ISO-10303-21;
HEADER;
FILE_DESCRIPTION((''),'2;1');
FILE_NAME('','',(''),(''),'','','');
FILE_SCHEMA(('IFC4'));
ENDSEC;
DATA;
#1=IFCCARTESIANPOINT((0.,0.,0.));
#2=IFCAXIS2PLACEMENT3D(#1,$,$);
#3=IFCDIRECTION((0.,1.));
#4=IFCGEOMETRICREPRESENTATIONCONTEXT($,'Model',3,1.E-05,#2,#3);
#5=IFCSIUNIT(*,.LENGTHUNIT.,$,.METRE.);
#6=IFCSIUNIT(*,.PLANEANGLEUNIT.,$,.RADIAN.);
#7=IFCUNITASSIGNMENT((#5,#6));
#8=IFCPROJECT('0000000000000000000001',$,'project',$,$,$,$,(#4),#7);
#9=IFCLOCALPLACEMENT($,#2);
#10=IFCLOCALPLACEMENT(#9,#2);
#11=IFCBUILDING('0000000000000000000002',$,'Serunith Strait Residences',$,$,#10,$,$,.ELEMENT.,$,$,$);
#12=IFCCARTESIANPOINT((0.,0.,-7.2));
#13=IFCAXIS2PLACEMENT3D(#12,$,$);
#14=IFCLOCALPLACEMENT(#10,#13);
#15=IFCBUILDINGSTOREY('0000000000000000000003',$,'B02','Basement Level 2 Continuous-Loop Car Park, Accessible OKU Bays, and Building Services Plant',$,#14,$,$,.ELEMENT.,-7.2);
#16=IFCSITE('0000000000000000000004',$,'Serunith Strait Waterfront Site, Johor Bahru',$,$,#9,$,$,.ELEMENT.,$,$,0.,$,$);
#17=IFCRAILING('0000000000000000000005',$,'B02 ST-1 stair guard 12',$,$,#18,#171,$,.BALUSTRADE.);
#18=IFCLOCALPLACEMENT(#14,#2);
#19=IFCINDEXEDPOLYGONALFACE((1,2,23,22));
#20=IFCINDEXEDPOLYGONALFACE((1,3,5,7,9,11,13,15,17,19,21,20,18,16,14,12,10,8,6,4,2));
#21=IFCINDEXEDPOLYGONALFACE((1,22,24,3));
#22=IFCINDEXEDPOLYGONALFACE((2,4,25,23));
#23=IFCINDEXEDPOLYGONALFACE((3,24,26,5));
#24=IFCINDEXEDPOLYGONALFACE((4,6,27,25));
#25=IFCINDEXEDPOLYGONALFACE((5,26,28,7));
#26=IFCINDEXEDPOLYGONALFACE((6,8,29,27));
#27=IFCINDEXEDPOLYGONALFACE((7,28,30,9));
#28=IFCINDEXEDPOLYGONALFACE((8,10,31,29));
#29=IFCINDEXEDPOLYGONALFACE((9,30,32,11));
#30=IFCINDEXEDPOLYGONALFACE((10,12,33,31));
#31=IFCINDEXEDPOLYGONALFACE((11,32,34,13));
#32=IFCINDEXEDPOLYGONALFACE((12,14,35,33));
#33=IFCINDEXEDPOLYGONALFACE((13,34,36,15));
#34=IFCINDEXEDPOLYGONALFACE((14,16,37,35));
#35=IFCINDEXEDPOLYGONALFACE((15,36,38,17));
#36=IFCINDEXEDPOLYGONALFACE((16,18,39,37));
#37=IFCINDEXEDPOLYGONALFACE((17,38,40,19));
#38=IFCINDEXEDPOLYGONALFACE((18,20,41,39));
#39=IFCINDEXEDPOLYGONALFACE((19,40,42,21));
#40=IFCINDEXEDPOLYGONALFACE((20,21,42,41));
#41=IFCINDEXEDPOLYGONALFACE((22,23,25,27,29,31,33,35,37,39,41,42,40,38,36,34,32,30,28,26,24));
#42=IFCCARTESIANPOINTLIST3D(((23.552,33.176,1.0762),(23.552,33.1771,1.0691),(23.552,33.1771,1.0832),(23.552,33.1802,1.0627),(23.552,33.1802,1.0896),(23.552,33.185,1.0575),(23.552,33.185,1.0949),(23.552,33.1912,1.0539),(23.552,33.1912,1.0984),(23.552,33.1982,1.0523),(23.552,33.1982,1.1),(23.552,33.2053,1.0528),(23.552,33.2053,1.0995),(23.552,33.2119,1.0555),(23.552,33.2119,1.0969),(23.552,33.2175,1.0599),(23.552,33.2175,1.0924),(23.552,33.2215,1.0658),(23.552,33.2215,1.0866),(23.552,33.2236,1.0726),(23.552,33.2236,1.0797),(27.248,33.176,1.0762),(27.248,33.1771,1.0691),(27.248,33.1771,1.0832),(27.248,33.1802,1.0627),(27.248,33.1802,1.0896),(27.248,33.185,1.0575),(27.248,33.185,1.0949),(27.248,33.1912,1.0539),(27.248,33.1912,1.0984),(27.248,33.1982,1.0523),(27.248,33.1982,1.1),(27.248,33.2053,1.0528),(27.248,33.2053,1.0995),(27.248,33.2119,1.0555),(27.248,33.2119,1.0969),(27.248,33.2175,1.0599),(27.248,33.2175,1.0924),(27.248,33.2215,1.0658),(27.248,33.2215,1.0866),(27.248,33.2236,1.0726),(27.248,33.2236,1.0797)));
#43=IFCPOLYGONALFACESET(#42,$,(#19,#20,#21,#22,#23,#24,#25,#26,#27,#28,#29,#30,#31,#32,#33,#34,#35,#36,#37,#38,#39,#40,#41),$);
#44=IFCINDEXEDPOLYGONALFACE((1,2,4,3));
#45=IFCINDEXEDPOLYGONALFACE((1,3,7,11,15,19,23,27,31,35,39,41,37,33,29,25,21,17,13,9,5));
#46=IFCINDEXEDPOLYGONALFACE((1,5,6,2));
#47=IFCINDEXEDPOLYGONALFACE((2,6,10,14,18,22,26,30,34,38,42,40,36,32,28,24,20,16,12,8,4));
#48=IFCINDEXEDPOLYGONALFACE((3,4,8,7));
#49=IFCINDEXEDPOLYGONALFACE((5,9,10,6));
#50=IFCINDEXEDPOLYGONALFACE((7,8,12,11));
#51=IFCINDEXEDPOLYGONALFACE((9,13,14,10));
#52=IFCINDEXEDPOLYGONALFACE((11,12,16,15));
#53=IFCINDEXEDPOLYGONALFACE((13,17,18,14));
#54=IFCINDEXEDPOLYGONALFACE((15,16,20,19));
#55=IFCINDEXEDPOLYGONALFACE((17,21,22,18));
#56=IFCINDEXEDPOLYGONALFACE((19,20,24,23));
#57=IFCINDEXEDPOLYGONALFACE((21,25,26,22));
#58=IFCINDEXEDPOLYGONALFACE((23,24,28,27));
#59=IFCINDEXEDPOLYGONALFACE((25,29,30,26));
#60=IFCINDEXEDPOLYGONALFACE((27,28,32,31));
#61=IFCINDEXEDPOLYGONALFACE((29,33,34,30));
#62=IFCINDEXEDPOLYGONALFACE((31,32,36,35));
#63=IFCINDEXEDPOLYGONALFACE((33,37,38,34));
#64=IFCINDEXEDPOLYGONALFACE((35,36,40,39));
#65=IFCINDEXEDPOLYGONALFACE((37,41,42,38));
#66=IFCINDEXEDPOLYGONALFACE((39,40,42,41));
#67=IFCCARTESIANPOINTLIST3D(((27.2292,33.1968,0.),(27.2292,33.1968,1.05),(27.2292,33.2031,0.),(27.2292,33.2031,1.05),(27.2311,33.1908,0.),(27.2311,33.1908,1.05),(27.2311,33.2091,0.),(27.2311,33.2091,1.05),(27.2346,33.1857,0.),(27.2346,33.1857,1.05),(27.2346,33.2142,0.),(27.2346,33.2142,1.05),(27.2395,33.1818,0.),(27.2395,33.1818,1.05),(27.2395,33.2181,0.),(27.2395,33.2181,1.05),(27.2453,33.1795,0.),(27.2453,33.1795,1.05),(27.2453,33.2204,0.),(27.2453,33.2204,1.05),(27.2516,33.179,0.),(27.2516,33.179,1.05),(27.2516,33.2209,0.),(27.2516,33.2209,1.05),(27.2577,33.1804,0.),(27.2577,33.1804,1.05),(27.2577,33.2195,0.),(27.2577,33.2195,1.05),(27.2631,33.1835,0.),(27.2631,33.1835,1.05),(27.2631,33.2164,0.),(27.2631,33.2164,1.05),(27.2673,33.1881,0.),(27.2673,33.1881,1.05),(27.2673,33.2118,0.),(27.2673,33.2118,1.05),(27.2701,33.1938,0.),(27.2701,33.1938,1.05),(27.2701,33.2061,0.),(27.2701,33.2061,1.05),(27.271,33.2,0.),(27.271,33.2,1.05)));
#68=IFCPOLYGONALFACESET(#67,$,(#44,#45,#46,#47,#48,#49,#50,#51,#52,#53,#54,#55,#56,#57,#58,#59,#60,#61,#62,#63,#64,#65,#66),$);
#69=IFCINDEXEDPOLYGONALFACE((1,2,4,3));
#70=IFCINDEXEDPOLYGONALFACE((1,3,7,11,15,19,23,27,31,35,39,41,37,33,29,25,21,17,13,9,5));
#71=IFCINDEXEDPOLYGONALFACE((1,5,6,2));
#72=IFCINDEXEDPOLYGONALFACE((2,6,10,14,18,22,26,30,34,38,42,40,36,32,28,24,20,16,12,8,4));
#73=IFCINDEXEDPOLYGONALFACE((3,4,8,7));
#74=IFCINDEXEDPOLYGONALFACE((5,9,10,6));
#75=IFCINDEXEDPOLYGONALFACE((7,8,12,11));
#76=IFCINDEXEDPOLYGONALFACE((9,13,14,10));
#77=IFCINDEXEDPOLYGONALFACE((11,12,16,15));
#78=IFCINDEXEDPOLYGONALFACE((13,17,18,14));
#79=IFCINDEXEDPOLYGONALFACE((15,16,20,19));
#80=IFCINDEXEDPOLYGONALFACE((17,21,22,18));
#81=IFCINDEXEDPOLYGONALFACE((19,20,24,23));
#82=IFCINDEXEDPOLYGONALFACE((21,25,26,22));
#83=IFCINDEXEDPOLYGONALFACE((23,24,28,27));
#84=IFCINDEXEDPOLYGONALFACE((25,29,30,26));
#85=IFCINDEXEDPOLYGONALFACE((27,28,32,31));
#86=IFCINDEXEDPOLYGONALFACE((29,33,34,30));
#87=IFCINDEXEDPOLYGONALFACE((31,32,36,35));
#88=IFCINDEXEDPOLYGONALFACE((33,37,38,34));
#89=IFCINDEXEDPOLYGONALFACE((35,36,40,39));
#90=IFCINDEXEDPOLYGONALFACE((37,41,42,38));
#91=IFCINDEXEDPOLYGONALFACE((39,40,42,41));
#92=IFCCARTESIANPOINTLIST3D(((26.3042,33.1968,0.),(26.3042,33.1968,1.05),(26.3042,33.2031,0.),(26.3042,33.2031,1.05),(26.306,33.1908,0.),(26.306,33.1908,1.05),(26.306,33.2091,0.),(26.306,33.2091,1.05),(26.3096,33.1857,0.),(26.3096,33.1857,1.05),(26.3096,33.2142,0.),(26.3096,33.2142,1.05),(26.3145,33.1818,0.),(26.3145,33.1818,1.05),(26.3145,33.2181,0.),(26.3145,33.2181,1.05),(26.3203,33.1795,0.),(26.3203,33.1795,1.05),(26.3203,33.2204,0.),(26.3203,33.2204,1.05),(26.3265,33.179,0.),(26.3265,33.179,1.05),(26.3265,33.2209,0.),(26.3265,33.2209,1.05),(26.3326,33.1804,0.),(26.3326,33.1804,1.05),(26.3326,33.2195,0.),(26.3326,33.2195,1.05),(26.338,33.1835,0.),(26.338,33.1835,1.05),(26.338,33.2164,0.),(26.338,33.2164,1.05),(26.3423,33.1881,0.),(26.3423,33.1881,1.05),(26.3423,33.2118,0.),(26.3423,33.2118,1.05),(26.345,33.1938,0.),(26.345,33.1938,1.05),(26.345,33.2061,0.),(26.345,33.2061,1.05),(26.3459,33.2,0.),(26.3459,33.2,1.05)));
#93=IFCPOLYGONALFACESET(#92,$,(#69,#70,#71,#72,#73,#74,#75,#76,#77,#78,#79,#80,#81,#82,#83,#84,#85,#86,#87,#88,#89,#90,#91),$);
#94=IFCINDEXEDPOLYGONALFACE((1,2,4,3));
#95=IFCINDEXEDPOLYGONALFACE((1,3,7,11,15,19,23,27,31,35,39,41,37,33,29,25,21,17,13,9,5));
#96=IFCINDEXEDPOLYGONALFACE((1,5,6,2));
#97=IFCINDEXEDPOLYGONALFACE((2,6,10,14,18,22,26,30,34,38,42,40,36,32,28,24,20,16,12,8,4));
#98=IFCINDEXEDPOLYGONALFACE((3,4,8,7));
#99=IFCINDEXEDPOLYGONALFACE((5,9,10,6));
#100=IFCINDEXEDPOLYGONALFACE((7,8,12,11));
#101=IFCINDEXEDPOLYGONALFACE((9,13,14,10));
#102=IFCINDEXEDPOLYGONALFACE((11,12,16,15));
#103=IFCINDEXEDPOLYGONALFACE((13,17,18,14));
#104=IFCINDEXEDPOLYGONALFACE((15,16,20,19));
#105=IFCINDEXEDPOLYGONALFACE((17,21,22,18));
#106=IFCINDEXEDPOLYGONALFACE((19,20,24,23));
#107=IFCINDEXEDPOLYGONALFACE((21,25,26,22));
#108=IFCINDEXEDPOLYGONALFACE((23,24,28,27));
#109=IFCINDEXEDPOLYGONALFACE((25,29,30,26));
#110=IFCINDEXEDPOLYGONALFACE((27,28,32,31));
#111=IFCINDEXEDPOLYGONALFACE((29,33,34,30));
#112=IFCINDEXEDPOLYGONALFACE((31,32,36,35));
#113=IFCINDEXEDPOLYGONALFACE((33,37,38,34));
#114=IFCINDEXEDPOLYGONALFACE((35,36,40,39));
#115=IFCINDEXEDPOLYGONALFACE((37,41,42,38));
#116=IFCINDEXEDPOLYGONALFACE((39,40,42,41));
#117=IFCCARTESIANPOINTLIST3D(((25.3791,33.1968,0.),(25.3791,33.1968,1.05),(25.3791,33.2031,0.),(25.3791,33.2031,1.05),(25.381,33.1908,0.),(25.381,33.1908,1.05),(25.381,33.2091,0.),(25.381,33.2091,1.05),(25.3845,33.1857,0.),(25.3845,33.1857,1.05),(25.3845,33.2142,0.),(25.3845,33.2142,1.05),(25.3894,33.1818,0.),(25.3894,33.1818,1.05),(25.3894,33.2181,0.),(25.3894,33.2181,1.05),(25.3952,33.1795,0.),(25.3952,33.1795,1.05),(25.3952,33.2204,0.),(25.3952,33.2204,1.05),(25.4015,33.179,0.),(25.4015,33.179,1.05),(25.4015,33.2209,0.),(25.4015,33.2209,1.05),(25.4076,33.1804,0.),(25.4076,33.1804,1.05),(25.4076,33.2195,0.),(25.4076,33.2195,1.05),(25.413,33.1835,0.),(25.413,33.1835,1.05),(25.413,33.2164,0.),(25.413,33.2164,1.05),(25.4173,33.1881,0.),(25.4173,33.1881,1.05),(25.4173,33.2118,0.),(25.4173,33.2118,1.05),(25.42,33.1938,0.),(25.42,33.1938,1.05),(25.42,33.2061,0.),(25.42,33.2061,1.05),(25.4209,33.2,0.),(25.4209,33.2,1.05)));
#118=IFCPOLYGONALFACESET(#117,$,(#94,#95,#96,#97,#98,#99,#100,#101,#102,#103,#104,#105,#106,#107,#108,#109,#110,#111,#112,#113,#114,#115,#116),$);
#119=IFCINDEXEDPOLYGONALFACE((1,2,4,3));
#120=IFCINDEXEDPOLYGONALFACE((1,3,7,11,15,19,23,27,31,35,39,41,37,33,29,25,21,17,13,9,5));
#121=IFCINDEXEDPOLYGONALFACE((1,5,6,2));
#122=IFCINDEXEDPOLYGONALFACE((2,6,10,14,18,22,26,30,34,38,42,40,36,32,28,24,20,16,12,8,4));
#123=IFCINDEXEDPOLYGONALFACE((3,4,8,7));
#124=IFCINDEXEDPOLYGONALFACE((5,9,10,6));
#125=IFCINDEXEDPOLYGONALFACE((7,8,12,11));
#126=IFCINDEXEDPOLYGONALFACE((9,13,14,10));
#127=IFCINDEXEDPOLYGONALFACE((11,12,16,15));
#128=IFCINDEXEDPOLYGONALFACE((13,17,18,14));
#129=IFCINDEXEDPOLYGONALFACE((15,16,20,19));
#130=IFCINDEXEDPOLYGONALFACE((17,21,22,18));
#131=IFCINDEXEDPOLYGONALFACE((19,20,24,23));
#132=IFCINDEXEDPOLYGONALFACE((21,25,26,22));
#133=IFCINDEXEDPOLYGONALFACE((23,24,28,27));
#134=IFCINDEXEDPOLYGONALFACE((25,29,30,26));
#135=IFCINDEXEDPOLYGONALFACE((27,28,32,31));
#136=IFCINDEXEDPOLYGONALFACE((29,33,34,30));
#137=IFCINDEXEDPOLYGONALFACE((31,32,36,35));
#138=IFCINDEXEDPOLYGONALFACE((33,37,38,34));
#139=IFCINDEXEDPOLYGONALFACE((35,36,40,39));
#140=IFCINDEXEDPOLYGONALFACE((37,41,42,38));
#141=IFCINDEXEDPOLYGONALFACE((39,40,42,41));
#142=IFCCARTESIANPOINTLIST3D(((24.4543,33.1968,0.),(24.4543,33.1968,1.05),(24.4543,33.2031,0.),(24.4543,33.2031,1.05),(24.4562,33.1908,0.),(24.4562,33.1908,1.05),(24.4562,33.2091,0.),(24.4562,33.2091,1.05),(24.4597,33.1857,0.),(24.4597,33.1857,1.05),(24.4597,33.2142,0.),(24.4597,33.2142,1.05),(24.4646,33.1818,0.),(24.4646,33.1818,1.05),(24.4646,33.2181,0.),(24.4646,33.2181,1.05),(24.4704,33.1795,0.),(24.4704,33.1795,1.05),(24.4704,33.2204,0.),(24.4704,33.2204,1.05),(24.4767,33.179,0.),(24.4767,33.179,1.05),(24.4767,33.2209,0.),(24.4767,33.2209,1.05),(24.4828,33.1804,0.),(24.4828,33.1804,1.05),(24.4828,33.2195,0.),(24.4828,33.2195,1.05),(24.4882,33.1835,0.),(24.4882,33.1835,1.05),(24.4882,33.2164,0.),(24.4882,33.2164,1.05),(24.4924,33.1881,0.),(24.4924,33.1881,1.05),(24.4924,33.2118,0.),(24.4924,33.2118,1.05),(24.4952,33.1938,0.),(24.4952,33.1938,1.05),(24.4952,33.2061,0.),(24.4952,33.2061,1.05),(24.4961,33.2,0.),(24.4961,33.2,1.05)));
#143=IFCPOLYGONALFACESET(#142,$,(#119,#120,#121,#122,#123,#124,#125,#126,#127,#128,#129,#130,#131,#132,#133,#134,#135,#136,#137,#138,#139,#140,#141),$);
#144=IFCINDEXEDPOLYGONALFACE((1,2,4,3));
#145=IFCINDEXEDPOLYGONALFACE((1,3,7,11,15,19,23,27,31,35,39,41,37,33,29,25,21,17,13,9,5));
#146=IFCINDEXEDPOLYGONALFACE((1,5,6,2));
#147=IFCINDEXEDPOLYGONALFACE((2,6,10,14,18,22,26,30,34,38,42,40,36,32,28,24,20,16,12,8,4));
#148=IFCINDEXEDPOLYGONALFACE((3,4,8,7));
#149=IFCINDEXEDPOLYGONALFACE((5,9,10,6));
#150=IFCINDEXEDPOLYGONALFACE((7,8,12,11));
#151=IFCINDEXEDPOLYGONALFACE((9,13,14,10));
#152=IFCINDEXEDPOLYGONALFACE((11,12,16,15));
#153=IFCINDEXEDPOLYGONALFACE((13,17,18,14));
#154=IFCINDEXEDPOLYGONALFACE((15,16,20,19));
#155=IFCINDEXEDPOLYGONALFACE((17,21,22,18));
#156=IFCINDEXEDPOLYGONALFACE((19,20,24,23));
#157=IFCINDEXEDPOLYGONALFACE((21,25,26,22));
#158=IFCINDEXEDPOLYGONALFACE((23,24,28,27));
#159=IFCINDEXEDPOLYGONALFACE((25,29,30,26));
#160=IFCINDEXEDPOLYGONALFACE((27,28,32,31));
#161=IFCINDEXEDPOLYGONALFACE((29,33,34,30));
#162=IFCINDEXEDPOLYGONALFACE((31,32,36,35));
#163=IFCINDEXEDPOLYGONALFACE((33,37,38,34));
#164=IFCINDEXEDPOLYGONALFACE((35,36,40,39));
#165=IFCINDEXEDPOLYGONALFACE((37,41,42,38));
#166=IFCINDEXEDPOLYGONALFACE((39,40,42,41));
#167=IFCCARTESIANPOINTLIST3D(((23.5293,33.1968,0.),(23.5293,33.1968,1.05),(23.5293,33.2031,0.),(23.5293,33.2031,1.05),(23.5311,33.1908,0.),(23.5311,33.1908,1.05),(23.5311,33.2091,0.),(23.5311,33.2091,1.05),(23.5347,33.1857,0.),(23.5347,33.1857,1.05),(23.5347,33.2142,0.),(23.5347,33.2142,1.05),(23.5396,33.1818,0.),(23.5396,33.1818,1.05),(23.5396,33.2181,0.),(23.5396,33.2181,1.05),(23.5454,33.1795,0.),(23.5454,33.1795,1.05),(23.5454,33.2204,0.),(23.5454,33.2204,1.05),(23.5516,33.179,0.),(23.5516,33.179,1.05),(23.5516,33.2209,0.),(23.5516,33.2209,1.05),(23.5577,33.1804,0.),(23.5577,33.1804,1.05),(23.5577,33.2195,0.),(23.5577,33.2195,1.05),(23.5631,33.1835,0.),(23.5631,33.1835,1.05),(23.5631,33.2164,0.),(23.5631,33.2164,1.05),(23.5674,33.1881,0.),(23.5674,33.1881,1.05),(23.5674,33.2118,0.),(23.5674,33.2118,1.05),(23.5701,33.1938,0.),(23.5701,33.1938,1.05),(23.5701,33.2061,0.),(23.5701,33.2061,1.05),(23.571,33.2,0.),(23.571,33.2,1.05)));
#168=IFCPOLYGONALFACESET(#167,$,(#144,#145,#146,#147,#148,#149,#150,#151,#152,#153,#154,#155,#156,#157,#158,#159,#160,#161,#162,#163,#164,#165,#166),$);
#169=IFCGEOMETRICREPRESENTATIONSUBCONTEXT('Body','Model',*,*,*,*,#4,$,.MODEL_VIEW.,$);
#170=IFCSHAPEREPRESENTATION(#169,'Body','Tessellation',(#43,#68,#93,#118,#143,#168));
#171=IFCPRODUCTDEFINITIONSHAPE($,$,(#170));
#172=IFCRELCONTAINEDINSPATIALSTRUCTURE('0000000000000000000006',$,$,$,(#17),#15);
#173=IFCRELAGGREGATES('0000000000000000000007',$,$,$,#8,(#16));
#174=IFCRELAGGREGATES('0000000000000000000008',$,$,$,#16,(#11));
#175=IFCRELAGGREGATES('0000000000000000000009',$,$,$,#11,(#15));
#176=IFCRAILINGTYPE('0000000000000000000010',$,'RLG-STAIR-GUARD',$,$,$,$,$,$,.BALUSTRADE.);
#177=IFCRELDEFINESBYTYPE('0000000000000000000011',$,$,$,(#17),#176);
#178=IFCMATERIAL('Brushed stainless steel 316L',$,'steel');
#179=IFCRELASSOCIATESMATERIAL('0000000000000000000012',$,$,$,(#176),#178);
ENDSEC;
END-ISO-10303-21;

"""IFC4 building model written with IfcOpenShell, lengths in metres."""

from ifc_helpers import new_model, si_unit, direction, frame, origin, origin_2d, place, context, subcontext, project, spatial, circle, extrude, material, type_object, element, save


model = new_model("IFC4")

# Units and contexts
model_context = context("Model", 3, precision=1e-05, world=origin(), true_north=direction((0.0, 1.0)))
body_context = subcontext(model_context, "Body", "Model", "MODEL_VIEW")
ifc_project = project(units=[si_unit("LENGTHUNIT", "METRE"), si_unit("PLANEANGLEUNIT", "RADIAN")], contexts=[model_context])

# Site, building, storey
site_placement = place(None, origin())
site = spatial("IfcSite", under=ifc_project, at=site_placement, Name="Serunith Strait Waterfront Site, Johor Bahru", CompositionType="ELEMENT", RefElevation=0.0)
building_placement = place(site_placement, origin())
building = spatial("IfcBuilding", under=site, at=building_placement, Name="Serunith Strait Residences", CompositionType="ELEMENT")
storey_placement = place(building_placement, frame((0.0, 0.0, -7.2)))
storey = spatial("IfcBuildingStorey", under=building, at=storey_placement, Name="B02", Description="Basement Level 2 Continuous-Loop Car Park, Accessible OKU Bays, and Building Services Plant", CompositionType="ELEMENT", Elevation=-7.2)

# Railing
ifc_material_1 = material(Name="Brushed stainless steel 316L", Category="steel")
railing_type_1 = type_object("IfcRailingType", Name="RLG-STAIR-GUARD", PredefinedType="BALUSTRADE", material=ifc_material_1)
railing_1_placement = place(storey_placement, frame((27.25, 33.2, 0.0)))
element("IfcRailing", 1, at=railing_1_placement, inside=storey, type_object=railing_type_1, Name="B02 ST-1 stair guard 12", PredefinedType="BALUSTRADE", context=body_context, shape_type="SweptSolid", body=[
    extrude(circle(Radius=0.0239, at=origin_2d()), frame((-0.002, 0.0, 1.0762), z_axis=(-1.0, 0.0, 0.0), x_axis=(0.0, -1.0, 0.0)), (0.0, 0.0, 1.0), 3.696),
    extrude(circle(Radius=0.021, at=origin_2d()), origin(), (0.0, 0.0, 1.0), 1.05),
    extrude(circle(Radius=0.021, at=origin_2d()), frame((-0.925, 0.0, 0.0)), (0.0, 0.0, 1.0), 1.05),
    extrude(circle(Radius=0.021, at=origin_2d()), frame((-1.8501, 0.0, 0.0)), (0.0, 0.0, 1.0), 1.05),
    extrude(circle(Radius=0.021, at=origin_2d()), frame((-2.7749, 0.0, 0.0)), (0.0, 0.0, 1.0), 1.05),
    extrude(circle(Radius=0.021, at=origin_2d()), frame((-3.7, 0.0, 0.0)), (0.0, 0.0, 1.0), 1.05),
])

save(model, "model.ifc")
